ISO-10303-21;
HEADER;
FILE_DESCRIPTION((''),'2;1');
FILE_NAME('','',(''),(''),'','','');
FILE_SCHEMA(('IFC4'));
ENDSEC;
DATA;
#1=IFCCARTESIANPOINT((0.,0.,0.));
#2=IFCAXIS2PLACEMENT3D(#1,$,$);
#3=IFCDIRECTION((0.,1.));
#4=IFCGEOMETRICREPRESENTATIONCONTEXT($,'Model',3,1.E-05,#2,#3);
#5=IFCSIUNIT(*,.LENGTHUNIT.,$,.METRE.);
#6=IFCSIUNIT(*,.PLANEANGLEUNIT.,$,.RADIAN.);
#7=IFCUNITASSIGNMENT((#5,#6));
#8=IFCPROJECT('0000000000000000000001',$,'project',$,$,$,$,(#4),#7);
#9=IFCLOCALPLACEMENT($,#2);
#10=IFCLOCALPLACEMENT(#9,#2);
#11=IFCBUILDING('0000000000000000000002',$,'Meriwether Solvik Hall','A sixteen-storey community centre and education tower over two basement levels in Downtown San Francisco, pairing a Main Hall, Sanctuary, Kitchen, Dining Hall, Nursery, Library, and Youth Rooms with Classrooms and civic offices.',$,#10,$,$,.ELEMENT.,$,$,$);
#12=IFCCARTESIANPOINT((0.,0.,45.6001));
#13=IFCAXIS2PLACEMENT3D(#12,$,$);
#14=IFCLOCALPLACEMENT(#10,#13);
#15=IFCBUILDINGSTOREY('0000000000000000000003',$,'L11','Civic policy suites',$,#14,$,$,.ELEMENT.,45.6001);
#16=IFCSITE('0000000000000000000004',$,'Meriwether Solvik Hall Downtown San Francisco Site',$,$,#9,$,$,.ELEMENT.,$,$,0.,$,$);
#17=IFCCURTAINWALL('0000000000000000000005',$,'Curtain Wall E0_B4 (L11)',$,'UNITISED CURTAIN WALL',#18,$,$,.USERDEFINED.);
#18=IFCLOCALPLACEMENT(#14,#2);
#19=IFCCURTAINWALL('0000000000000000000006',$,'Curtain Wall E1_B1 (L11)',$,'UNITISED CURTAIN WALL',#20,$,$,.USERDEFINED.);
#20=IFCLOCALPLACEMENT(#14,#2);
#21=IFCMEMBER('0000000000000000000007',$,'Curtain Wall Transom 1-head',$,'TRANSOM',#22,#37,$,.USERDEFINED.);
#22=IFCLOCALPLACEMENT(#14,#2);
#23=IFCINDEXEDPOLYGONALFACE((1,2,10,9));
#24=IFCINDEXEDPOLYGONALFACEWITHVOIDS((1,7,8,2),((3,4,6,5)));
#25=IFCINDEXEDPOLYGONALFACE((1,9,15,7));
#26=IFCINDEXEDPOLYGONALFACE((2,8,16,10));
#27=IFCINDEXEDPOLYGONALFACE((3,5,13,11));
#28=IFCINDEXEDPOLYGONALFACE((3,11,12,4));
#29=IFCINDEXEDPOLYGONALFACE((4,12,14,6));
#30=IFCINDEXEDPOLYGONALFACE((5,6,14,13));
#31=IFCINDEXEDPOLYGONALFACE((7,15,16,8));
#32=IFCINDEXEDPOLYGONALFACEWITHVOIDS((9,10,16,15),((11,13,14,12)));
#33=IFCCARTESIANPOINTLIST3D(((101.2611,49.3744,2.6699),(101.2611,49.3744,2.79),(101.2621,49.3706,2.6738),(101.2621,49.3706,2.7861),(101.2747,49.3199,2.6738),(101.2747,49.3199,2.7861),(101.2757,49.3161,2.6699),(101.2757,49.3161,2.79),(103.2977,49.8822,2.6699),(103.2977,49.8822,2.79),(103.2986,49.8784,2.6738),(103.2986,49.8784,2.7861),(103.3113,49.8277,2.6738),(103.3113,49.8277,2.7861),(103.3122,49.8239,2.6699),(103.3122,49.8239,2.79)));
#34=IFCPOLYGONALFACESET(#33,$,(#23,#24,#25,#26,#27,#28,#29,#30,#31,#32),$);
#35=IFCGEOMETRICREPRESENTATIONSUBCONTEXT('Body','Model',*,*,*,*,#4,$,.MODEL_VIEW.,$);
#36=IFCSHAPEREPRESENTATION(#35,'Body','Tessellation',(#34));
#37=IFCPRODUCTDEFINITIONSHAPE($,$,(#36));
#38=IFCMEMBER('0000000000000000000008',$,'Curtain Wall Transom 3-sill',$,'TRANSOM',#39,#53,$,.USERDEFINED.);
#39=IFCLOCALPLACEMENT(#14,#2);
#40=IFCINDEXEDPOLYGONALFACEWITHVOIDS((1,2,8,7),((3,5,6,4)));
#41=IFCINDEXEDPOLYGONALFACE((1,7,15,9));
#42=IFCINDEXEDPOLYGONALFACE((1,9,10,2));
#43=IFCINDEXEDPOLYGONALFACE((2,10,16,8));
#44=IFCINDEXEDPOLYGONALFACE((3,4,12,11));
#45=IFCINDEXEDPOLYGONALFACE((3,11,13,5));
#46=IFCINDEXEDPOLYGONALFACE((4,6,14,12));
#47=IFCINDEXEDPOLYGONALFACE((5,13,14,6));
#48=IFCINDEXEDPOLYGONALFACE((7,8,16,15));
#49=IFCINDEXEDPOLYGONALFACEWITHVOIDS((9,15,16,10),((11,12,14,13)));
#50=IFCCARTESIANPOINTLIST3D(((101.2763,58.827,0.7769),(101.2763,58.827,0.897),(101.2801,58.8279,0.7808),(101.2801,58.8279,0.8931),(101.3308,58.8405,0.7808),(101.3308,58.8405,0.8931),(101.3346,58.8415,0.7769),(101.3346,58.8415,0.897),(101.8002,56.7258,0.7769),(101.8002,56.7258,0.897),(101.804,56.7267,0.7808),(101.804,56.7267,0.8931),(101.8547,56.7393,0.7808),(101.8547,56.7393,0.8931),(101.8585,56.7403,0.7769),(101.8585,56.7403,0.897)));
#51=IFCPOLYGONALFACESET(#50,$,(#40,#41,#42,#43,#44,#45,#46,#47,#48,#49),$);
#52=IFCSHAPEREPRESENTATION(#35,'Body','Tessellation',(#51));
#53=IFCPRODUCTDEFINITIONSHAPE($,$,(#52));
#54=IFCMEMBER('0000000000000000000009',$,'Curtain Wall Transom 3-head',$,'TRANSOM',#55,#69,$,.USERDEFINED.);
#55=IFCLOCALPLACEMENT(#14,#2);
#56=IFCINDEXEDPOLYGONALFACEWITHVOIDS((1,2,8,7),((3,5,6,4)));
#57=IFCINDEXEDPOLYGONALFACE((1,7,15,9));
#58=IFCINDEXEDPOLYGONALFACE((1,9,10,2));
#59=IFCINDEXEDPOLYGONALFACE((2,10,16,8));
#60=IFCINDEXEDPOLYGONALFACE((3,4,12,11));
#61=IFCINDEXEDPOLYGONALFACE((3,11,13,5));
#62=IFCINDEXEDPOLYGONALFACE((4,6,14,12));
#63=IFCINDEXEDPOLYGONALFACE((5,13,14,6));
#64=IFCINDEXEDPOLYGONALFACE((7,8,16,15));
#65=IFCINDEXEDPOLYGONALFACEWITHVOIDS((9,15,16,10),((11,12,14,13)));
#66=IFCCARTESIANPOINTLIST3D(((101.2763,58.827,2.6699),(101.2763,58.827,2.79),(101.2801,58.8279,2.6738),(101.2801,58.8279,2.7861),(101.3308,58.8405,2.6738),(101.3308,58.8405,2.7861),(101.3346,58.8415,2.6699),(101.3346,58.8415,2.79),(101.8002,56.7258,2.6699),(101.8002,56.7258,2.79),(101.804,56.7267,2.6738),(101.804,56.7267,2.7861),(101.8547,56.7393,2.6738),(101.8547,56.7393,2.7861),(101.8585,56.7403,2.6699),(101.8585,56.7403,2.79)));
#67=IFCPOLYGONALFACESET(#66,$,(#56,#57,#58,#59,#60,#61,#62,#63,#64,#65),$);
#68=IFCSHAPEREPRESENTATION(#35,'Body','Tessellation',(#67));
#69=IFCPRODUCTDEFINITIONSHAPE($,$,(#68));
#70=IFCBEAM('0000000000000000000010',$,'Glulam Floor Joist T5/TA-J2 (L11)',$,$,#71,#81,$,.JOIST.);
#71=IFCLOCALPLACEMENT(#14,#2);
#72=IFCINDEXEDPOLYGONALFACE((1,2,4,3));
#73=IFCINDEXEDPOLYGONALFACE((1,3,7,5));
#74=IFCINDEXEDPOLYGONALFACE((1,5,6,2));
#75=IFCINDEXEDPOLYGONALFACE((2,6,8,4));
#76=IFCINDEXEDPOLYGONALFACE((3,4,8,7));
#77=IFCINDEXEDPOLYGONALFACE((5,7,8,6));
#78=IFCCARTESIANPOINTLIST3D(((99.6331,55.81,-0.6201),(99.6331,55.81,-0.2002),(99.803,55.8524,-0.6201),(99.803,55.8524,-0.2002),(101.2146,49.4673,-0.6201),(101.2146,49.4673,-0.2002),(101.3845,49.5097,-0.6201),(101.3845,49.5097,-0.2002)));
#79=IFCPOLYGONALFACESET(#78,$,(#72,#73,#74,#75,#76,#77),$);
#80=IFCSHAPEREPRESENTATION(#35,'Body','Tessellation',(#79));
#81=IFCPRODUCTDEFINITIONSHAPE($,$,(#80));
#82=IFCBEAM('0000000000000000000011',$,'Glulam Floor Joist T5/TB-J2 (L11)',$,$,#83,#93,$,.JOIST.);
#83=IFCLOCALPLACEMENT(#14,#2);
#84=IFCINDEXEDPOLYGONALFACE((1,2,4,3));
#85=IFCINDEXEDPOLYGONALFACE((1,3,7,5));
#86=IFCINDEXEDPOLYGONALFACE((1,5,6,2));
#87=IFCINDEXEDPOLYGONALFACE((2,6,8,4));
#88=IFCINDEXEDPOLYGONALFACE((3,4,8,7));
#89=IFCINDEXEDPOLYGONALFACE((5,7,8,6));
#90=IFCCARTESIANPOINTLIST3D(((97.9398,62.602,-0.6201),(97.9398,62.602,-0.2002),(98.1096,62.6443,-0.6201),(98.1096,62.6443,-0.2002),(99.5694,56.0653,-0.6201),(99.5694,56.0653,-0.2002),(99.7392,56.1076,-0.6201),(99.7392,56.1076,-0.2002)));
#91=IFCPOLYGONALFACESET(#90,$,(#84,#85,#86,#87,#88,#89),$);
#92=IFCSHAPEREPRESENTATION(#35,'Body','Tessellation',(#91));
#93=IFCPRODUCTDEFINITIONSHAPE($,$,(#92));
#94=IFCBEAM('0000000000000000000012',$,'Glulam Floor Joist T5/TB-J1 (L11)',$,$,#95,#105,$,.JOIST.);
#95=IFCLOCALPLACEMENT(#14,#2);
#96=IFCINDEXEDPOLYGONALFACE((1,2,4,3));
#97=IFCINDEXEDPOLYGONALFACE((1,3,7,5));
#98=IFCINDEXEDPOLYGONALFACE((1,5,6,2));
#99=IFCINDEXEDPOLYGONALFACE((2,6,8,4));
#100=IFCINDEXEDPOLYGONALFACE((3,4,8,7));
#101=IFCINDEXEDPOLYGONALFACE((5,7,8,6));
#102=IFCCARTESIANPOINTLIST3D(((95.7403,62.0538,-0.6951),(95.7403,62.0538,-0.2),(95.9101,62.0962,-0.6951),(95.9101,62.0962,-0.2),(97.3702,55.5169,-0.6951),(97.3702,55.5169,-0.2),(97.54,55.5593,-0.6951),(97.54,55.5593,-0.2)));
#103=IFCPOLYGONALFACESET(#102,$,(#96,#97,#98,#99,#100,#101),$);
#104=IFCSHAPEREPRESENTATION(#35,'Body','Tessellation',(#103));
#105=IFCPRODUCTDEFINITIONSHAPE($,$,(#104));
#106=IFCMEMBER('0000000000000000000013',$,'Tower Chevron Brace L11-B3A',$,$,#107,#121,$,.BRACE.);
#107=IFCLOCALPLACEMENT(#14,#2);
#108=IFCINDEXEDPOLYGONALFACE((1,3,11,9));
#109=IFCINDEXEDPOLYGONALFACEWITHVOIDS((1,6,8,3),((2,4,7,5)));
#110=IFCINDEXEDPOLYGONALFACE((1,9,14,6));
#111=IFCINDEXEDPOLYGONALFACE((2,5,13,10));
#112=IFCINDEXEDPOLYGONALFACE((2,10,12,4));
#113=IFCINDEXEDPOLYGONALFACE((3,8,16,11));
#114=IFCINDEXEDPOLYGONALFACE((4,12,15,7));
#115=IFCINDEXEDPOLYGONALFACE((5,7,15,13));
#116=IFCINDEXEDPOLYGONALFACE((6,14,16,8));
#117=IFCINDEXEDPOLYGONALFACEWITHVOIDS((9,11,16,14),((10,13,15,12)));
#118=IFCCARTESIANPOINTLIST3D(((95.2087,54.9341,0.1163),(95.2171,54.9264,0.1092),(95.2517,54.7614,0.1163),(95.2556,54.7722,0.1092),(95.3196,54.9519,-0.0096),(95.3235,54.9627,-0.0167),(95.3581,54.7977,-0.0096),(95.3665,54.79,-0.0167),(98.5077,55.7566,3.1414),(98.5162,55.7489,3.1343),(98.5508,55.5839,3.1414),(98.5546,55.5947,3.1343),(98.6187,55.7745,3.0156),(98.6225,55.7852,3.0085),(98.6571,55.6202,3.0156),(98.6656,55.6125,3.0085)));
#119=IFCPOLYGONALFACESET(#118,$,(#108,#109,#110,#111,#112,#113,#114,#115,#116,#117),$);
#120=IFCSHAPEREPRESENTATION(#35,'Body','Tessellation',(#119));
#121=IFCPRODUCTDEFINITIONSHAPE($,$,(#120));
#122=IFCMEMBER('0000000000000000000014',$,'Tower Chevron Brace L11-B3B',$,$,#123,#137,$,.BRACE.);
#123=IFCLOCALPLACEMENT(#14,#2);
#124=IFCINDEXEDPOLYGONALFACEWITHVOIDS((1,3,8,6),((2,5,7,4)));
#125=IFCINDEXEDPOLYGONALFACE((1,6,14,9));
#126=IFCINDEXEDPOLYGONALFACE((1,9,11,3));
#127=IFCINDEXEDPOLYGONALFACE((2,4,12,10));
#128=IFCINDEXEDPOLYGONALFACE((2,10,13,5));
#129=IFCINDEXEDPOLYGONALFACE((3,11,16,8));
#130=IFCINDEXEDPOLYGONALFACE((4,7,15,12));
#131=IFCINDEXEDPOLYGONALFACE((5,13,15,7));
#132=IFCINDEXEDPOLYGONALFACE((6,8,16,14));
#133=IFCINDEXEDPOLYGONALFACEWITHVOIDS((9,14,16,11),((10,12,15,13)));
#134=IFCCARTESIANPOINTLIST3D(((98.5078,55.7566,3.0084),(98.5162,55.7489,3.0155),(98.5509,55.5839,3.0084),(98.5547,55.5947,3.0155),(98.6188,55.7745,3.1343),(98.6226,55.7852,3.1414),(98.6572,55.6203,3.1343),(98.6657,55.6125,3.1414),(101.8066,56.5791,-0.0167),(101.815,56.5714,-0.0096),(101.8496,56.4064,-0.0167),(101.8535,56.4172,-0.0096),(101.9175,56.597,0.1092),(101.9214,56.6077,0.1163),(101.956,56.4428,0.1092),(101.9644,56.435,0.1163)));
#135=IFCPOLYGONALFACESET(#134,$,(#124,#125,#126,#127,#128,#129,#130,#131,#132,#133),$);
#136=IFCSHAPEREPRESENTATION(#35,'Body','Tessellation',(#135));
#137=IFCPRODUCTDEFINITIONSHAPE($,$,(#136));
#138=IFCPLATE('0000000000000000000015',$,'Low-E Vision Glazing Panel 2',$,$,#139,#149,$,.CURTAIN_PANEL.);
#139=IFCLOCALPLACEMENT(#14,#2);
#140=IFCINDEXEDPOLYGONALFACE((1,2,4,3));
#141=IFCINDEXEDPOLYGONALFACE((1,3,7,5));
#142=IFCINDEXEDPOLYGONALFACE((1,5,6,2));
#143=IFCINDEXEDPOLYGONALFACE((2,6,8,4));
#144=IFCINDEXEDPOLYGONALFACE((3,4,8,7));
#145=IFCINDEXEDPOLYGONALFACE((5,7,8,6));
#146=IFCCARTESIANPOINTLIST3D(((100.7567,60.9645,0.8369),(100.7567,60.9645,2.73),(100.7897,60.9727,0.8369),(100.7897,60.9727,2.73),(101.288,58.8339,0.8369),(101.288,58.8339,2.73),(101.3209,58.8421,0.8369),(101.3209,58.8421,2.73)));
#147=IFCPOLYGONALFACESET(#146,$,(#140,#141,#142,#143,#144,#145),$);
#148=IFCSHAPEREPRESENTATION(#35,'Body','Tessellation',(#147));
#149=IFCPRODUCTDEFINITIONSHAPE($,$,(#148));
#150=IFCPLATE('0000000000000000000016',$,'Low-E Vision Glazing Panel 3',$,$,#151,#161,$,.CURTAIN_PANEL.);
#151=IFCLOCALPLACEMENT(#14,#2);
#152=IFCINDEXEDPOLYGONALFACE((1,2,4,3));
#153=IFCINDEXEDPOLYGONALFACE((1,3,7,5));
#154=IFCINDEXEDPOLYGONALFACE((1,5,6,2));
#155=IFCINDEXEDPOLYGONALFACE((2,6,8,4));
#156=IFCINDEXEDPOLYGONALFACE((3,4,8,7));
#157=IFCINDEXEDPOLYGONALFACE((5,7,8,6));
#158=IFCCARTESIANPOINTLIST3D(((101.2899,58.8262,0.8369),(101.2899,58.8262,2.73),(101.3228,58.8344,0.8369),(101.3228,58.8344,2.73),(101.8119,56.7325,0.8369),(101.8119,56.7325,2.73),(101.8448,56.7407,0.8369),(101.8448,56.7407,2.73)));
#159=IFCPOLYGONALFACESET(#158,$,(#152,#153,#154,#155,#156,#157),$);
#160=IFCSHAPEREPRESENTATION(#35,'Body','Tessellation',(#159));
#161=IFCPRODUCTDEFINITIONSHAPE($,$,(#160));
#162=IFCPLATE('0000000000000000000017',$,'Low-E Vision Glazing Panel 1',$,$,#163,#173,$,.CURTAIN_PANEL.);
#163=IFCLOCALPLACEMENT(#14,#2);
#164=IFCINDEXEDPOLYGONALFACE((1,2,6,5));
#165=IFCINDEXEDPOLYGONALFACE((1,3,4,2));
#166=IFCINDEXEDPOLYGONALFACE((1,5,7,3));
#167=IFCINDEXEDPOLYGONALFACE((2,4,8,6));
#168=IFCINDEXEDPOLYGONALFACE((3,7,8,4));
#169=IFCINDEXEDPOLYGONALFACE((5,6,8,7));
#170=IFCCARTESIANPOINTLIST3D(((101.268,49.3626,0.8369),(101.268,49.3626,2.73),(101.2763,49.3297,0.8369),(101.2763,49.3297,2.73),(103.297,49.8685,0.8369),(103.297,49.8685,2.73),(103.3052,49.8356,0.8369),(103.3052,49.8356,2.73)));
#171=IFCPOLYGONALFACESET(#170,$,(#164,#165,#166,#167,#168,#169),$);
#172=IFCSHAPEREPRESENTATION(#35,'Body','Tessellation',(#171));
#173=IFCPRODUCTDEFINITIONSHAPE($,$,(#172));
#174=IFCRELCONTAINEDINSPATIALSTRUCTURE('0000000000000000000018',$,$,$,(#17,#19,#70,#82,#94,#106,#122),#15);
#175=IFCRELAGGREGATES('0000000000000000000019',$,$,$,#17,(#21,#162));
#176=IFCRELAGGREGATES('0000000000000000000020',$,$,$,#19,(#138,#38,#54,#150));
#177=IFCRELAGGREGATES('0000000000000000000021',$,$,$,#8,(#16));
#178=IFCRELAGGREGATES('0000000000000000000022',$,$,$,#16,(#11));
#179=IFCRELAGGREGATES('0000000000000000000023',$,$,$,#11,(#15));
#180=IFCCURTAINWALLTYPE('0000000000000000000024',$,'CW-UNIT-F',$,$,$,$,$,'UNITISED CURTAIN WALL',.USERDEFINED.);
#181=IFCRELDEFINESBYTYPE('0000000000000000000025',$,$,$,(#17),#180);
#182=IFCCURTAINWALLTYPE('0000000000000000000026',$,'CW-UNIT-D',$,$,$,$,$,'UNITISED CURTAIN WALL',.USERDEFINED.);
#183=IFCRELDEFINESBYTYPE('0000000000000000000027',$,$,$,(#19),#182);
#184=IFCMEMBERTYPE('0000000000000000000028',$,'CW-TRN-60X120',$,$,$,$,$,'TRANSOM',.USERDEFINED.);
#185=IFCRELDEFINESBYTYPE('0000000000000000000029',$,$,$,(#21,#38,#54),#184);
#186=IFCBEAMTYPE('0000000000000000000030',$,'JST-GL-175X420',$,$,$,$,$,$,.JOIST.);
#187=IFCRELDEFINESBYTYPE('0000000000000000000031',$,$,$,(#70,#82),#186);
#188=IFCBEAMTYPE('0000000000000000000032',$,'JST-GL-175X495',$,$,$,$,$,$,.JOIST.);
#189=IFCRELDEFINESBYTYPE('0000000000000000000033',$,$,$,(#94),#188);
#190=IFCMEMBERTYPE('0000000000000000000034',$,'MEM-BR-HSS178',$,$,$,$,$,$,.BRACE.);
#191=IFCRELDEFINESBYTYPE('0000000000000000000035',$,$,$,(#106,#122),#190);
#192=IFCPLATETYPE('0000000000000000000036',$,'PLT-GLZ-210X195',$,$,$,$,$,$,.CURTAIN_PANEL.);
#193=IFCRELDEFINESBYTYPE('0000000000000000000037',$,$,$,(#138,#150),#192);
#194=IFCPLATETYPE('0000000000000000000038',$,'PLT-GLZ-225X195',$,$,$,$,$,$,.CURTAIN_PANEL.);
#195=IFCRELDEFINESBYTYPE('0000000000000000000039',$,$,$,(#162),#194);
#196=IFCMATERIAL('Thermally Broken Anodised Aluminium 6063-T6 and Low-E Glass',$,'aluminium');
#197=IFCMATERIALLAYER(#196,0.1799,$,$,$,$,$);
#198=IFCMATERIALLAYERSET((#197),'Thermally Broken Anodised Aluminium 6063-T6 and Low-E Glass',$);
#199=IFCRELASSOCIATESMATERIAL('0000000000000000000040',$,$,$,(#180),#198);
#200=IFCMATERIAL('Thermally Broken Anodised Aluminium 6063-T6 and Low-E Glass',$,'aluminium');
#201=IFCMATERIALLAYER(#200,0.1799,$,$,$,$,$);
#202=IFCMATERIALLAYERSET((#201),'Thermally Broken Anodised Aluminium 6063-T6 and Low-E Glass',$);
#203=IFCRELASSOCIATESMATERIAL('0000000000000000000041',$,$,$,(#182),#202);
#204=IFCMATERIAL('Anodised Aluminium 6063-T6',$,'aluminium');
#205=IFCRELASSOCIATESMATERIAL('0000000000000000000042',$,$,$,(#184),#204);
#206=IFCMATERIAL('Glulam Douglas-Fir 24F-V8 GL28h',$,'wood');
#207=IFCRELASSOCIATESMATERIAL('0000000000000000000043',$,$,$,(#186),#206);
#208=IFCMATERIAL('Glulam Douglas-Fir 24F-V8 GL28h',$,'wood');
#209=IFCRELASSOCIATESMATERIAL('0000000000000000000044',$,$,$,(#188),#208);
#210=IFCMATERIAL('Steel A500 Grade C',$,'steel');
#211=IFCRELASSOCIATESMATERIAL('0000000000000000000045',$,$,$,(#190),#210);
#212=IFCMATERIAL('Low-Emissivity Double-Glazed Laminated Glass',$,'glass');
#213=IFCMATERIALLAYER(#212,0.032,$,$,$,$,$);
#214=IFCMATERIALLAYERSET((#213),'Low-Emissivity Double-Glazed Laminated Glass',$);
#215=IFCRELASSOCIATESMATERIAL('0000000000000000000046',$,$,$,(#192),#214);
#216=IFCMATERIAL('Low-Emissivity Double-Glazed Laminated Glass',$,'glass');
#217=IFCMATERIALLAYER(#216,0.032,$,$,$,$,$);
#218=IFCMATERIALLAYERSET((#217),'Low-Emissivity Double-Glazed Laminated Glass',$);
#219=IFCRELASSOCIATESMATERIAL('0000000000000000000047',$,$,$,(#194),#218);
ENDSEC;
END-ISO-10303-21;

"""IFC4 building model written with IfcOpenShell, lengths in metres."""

from ifc_helpers import new_model, si_unit, direction, frame, origin, origin_2d, place, context, subcontext, project, spatial, rectangle, hollow_rectangle, extrude, material, layer, layer_set, material_profile, profile_set, type_object, element, aggregate, save


model = new_model("IFC4")

# Units and contexts
model_context = context("Model", 3, precision=1e-05, world=origin(), true_north=direction((0.0, 1.0)))
body_context = subcontext(model_context, "Body", "Model", "MODEL_VIEW")
ifc_project = project(units=[si_unit("LENGTHUNIT", "METRE"), si_unit("PLANEANGLEUNIT", "RADIAN")], contexts=[model_context])

# Site, building, storey
site_placement = place(None, origin())
site = spatial("IfcSite", under=ifc_project, at=site_placement, Name="Meriwether Solvik Hall Downtown San Francisco Site", CompositionType="ELEMENT", RefElevation=0.0)
building_placement = place(site_placement, origin())
building = spatial("IfcBuilding", under=site, at=building_placement, Name="Meriwether Solvik Hall", Description="A sixteen-storey community centre and education tower over two basement levels in Downtown San Francisco, pairing a Main Hall, Sanctuary, Kitchen, Dining Hall, Nursery, Library, and Youth Rooms with Classrooms and civic offices.", CompositionType="ELEMENT")
storey_placement = place(building_placement, frame((0.0, 0.0, 45.6001)))
storey = spatial("IfcBuildingStorey", under=building, at=storey_placement, Name="L11", Description="Civic policy suites", CompositionType="ELEMENT", Elevation=45.6001)

# Curtain wall
ifc_material_1 = material(Name="Thermally Broken Anodised Aluminium 6063-T6 and Low-E Glass", Category="aluminium")
ifc_layer_1 = layer(ifc_material_1, 0.1799)
ifc_layer_set_1 = layer_set([ifc_layer_1], Name="Thermally Broken Anodised Aluminium 6063-T6 and Low-E Glass")
curtain_wall_type_1 = type_object("IfcCurtainWallType", Name="CW-UNIT-F", ElementType="UNITISED CURTAIN WALL", PredefinedType="USERDEFINED", material=ifc_layer_set_1)
curtain_wall_1_placement = place(storey_placement, origin())
curtain_wall_1 = element("IfcCurtainWall", 1, at=curtain_wall_1_placement, inside=storey, type_object=curtain_wall_type_1, Name="Curtain Wall E0_B4 (L11)", ObjectType="UNITISED CURTAIN WALL", PredefinedType="USERDEFINED")

# Curtain wall
ifc_material_2 = material(Name="Thermally Broken Anodised Aluminium 6063-T6 and Low-E Glass", Category="aluminium")
ifc_layer_2 = layer(ifc_material_2, 0.1799)
ifc_layer_set_2 = layer_set([ifc_layer_2], Name="Thermally Broken Anodised Aluminium 6063-T6 and Low-E Glass")
curtain_wall_type_2 = type_object("IfcCurtainWallType", Name="CW-UNIT-D", ElementType="UNITISED CURTAIN WALL", PredefinedType="USERDEFINED", material=ifc_layer_set_2)
curtain_wall_2_placement = place(storey_placement, origin())
curtain_wall_2 = element("IfcCurtainWall", 2, at=curtain_wall_2_placement, inside=storey, type_object=curtain_wall_type_2, Name="Curtain Wall E1_B1 (L11)", ObjectType="UNITISED CURTAIN WALL", PredefinedType="USERDEFINED")

# Members
ifc_material_3 = material(Name="Anodised Aluminium 6063-T6", Category="aluminium")
ifc_material_profile_1 = material_profile(ifc_material_3, hollow_rectangle(XDim=0.0601, YDim=0.1201, WallThickness=0.0039, at=origin_2d()), Name="CWT-60X120")
ifc_profile_set_1 = profile_set([ifc_material_profile_1], Name="Anodised Aluminium 6063-T6")
member_type_1 = type_object("IfcMemberType", Name="CW-TRN-60X120", ElementType="TRANSOM", PredefinedType="USERDEFINED", material=ifc_profile_set_1)
member_1_placement = place(storey_placement, frame((103.3049, 49.853, 2.73), z_axis=(-0.970293, -0.241933, 0.0), x_axis=(0.241933, -0.970293, 0.0)))
member_1 = element("IfcMember", 3, at=member_1_placement, type_object=member_type_1, Name="Curtain Wall Transom 1-head", ObjectType="TRANSOM", PredefinedType="USERDEFINED", context=body_context, shape_type="SweptSolid", body=[
    extrude(hollow_rectangle(XDim=0.0601, YDim=0.1201, WallThickness=0.0039, at=origin_2d()), origin(), (0.0, 0.0, 1.0), 2.0989),
])
member_2_placement = place(storey_placement, frame((101.3054, 58.8342, 0.8369), z_axis=(0.241925, -0.970295, 0.0), x_axis=(0.970295, 0.241925, 0.0)))
member_2 = element("IfcMember", 4, at=member_2_placement, type_object=member_type_1, Name="Curtain Wall Transom 3-sill", ObjectType="TRANSOM", PredefinedType="USERDEFINED", context=body_context, shape_type="SweptSolid", body=[
    extrude(hollow_rectangle(XDim=0.0601, YDim=0.1201, WallThickness=0.0039, at=origin_2d()), origin(), (0.0, 0.0, 1.0), 2.1655),
])
member_3_placement = place(storey_placement, frame((101.3054, 58.8342, 2.73), z_axis=(0.241925, -0.970295, 0.0), x_axis=(0.970295, 0.241925, 0.0)))
member_3 = element("IfcMember", 5, at=member_3_placement, type_object=member_type_1, Name="Curtain Wall Transom 3-head", ObjectType="TRANSOM", PredefinedType="USERDEFINED", context=body_context, shape_type="SweptSolid", body=[
    extrude(hollow_rectangle(XDim=0.0601, YDim=0.1201, WallThickness=0.0039, at=origin_2d()), origin(), (0.0, 0.0, 1.0), 2.1655),
])

# Beams
ifc_material_4 = material(Name="Glulam Douglas-Fir 24F-V8 GL28h", Category="wood")
ifc_material_profile_2 = material_profile(ifc_material_4, rectangle(XDim=0.175, YDim=0.4199, at=origin_2d()), Name="GLJ-175X420")
ifc_profile_set_2 = profile_set([ifc_material_profile_2], Name="Glulam Douglas-Fir 24F-V8 GL28h")
beam_type_1 = type_object("IfcBeamType", Name="JST-GL-175X420", PredefinedType="JOIST", material=ifc_profile_set_2)
beam_1_placement = place(storey_placement, frame((101.2996, 49.4885, -0.4102), z_axis=(-0.241938, 0.970292, 0.0), x_axis=(-0.970292, -0.241938, 0.0)))
element("IfcBeam", 6, at=beam_1_placement, inside=storey, type_object=beam_type_1, Name="Glulam Floor Joist T5/TA-J2 (L11)", PredefinedType="JOIST", context=body_context, shape_type="SweptSolid", body=[
    extrude(rectangle(XDim=0.175, YDim=0.4199, at=origin_2d()), origin(), (0.0, 0.0, 1.0), 6.5369),
])
beam_2_placement = place(storey_placement, frame((99.6543, 56.0864, -0.4102), z_axis=(-0.241896, 0.970302, 0.0), x_axis=(-0.970302, -0.241896, 0.0)))
element("IfcBeam", 7, at=beam_2_placement, inside=storey, type_object=beam_type_1, Name="Glulam Floor Joist T5/TB-J2 (L11)", PredefinedType="JOIST", context=body_context, shape_type="SweptSolid", body=[
    extrude(rectangle(XDim=0.175, YDim=0.4199, at=origin_2d()), origin(), (0.0, 0.0, 1.0), 6.7368),
])
ifc_material_5 = material(Name="Glulam Douglas-Fir 24F-V8 GL28h", Category="wood")
ifc_material_profile_3 = material_profile(ifc_material_5, rectangle(XDim=0.175, YDim=0.4951, at=origin_2d()), Name="GLJ-175X495")
ifc_profile_set_3 = profile_set([ifc_material_profile_3], Name="Glulam Douglas-Fir 24F-V8 GL28h")
beam_type_2 = type_object("IfcBeamType", Name="JST-GL-175X495", PredefinedType="JOIST", material=ifc_profile_set_3)
beam_3_placement = place(storey_placement, frame((97.4551, 55.5381, -0.4475), z_axis=(-0.24193, 0.970294, 0.0), x_axis=(-0.970294, -0.24193, 0.0)))
element("IfcBeam", 8, at=beam_3_placement, inside=storey, type_object=beam_type_2, Name="Glulam Floor Joist T5/TB-J1 (L11)", PredefinedType="JOIST", context=body_context, shape_type="SweptSolid", body=[
    extrude(rectangle(XDim=0.175, YDim=0.4951, at=origin_2d()), origin(), (0.0, 0.0, 1.0), 6.7371),
])

# Members
ifc_material_6 = material(Name="Steel A500 Grade C", Category="steel")
ifc_material_profile_4 = material_profile(ifc_material_6, hollow_rectangle(XDim=0.178, YDim=0.178, WallThickness=0.0095, at=origin_2d()), Name="HSS178X178X9.5")
ifc_profile_set_4 = profile_set([ifc_material_profile_4], Name="Steel A500 Grade C")
member_type_2 = type_object("IfcMemberType", Name="MEM-BR-HSS178", PredefinedType="BRACE", material=ifc_profile_set_4)
member_4_placement = place(storey_placement, frame((95.2876, 54.8621, 0.0498), z_axis=(0.724906, 0.18073, 0.664716), x_axis=(-0.24191, 0.970299, 0.0)))
element("IfcMember", 9, at=member_4_placement, inside=storey, type_object=member_type_2, Name="Tower Chevron Brace L11-B3A", PredefinedType="BRACE", context=body_context, shape_type="SweptSolid", body=[
    extrude(hollow_rectangle(XDim=0.178, YDim=0.178, WallThickness=0.0095, at=origin_2d()), origin(), (0.0, 0.0, 1.0), 4.551),
])
member_5_placement = place(storey_placement, frame((101.8855, 56.5071, 0.0498), z_axis=(-0.724881, -0.180737, 0.664742), x_axis=(0.241927, -0.970294, 0.0)))
element("IfcMember", 10, at=member_5_placement, inside=storey, type_object=member_type_2, Name="Tower Chevron Brace L11-B3B", PredefinedType="BRACE", context=body_context, shape_type="SweptSolid", body=[
    extrude(hollow_rectangle(XDim=0.178, YDim=0.178, WallThickness=0.0095, at=origin_2d()), origin(), (0.0, 0.0, 1.0), 4.5508),
])

# Plates
ifc_material_7 = material(Name="Low-Emissivity Double-Glazed Laminated Glass", Category="glass")
ifc_layer_3 = layer(ifc_material_7, 0.032)
ifc_layer_set_3 = layer_set([ifc_layer_3], Name="Low-Emissivity Double-Glazed Laminated Glass")
plate_type_1 = type_object("IfcPlateType", Name="PLT-GLZ-210X195", PredefinedType="CURTAIN_PANEL", material=ifc_layer_set_3)
plate_1_placement = place(storey_placement, frame((101.0388, 59.9033, 0.8369), z_axis=(0.0, 0.0, 1.0), x_axis=(0.241922, -0.970296, 0.0)))
plate_1 = element("IfcPlate", 11, at=plate_1_placement, type_object=plate_type_1, Name="Low-E Vision Glazing Panel 2", PredefinedType="CURTAIN_PANEL", context=body_context, shape_type="SweptSolid", body=[
    extrude(rectangle(XDim=2.1958, YDim=0.0339, at=origin_2d()), origin(), (0.0, 0.0, 1.0), 1.8931),
])
plate_2_placement = place(storey_placement, frame((101.5674, 57.7834, 0.8369), z_axis=(0.0, 0.0, 1.0), x_axis=(0.241922, -0.970296, 0.0)))
plate_2 = element("IfcPlate", 12, at=plate_2_placement, type_object=plate_type_1, Name="Low-E Vision Glazing Panel 3", PredefinedType="CURTAIN_PANEL", context=body_context, shape_type="SweptSolid", body=[
    extrude(rectangle(XDim=2.1577, YDim=0.0339, at=origin_2d()), origin(), (0.0, 0.0, 1.0), 1.8931),
])
ifc_material_8 = material(Name="Low-Emissivity Double-Glazed Laminated Glass", Category="glass")
ifc_layer_4 = layer(ifc_material_8, 0.032)
ifc_layer_set_4 = layer_set([ifc_layer_4], Name="Low-Emissivity Double-Glazed Laminated Glass")
plate_type_2 = type_object("IfcPlateType", Name="PLT-GLZ-225X195", PredefinedType="CURTAIN_PANEL", material=ifc_layer_set_4)
plate_3_placement = place(storey_placement, frame((102.2866, 49.5991, 0.8369), z_axis=(0.0, 0.0, 1.0), x_axis=(-0.970296, -0.241922, 0.0)))
plate_3 = element("IfcPlate", 13, at=plate_3_placement, type_object=plate_type_2, Name="Low-E Vision Glazing Panel 1", PredefinedType="CURTAIN_PANEL", context=body_context, shape_type="SweptSolid", body=[
    extrude(rectangle(XDim=2.0911, YDim=0.0339, at=origin_2d()), origin(), (0.0, 0.0, 1.0), 1.8931),
])
aggregate(curtain_wall_1, [member_1, plate_3])
aggregate(curtain_wall_2, [plate_1, member_2, member_3, plate_2])

save(model, "model.ifc")
